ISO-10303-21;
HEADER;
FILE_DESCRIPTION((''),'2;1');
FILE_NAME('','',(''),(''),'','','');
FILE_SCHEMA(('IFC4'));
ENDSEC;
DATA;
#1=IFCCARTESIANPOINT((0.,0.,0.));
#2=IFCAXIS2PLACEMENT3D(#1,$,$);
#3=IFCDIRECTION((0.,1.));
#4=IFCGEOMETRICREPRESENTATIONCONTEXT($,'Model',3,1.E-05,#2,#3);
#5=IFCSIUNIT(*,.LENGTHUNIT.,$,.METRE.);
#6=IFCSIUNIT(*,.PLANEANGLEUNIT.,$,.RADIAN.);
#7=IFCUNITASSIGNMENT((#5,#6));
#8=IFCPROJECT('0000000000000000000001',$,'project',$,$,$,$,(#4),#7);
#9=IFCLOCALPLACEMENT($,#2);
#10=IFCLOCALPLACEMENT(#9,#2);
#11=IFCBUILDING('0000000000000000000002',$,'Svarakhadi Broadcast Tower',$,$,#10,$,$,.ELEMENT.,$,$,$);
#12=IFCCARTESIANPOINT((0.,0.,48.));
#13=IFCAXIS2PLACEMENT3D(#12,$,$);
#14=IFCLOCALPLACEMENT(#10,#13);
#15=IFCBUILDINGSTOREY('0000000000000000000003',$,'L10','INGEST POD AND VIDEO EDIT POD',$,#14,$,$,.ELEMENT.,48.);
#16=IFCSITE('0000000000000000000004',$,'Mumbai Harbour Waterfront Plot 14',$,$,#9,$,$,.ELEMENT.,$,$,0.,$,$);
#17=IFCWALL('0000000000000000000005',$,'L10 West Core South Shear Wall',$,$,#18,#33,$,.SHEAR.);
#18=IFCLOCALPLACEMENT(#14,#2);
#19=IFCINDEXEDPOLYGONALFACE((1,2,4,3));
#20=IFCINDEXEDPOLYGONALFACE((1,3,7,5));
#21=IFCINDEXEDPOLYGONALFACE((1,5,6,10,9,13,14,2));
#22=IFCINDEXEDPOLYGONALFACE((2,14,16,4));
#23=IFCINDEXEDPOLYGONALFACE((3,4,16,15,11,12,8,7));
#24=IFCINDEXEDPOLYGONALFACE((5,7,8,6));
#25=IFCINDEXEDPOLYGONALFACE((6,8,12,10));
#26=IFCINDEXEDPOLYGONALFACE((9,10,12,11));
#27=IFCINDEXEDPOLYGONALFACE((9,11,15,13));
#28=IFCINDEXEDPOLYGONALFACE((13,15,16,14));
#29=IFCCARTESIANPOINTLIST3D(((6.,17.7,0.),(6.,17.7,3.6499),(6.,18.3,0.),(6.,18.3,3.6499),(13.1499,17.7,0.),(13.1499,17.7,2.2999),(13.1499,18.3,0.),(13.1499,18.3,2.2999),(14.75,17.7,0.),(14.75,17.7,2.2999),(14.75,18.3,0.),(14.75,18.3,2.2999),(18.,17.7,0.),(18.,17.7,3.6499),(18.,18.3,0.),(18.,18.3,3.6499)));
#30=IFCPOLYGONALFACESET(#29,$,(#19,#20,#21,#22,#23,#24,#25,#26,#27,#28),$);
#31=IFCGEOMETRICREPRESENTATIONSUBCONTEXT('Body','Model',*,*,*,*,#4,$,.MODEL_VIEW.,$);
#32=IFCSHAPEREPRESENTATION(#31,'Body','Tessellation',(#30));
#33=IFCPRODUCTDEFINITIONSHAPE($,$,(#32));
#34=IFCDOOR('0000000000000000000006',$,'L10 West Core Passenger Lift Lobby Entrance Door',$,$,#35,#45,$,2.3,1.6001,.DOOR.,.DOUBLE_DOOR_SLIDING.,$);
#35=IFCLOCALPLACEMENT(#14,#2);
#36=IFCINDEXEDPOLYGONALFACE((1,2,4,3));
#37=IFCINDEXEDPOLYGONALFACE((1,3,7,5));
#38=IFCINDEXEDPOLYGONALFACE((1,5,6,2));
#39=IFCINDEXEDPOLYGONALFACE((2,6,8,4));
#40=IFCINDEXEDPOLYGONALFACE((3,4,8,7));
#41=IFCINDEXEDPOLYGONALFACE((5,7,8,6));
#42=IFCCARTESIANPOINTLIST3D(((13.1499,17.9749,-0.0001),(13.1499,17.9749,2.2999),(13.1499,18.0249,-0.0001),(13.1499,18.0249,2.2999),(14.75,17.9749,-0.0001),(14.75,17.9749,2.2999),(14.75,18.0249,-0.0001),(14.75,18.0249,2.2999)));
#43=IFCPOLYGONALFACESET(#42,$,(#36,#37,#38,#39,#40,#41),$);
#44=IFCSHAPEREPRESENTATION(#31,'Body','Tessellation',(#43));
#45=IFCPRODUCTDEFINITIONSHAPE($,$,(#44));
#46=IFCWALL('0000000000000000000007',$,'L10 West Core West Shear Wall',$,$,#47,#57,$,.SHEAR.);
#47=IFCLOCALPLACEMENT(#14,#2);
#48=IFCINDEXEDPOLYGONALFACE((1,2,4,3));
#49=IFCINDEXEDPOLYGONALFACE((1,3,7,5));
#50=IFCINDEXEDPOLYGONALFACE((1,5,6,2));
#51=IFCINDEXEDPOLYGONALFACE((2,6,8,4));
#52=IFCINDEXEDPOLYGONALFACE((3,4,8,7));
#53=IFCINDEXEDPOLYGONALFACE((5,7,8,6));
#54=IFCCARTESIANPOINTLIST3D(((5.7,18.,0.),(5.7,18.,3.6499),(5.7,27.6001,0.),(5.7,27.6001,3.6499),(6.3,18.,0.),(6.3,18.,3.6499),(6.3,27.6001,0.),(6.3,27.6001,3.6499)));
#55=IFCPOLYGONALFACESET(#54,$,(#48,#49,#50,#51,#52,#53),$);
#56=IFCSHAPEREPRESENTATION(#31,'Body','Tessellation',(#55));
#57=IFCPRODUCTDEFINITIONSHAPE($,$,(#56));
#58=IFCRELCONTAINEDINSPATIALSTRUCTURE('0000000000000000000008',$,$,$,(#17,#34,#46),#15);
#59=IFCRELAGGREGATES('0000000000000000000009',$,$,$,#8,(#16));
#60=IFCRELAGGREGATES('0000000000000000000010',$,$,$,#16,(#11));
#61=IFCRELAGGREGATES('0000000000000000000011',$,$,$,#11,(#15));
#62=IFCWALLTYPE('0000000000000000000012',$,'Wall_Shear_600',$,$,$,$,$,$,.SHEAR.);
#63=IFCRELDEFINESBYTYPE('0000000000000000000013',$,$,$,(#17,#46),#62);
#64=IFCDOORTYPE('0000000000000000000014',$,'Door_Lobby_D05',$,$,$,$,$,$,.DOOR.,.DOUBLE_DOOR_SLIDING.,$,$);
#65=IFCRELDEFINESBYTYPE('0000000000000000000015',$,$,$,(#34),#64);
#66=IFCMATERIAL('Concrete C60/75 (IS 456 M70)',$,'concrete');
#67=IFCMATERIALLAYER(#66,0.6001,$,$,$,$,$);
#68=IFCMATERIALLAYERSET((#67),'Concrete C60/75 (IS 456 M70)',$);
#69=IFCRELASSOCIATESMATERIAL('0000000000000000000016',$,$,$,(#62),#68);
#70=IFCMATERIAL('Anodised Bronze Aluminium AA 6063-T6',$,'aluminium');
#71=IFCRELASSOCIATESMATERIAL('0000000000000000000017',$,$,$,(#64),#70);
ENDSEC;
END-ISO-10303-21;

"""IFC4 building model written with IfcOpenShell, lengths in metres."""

from ifc_helpers import new_model, si_unit, direction, frame, frame_2d, origin, place, context, subcontext, project, spatial, rectangle, extrude, material, layer, layer_set, type_object, element, fill, save


model = new_model("IFC4")

# Units and contexts
model_context = context("Model", 3, precision=1e-05, world=origin(), true_north=direction((0.0, 1.0)))
body_context = subcontext(model_context, "Body", "Model", "MODEL_VIEW")
ifc_project = project(units=[si_unit("LENGTHUNIT", "METRE"), si_unit("PLANEANGLEUNIT", "RADIAN")], contexts=[model_context])

# Site, building, storey
site_placement = place(None, origin())
site = spatial("IfcSite", under=ifc_project, at=site_placement, Name="Mumbai Harbour Waterfront Plot 14", CompositionType="ELEMENT", RefElevation=0.0)
building_placement = place(site_placement, origin())
building = spatial("IfcBuilding", under=site, at=building_placement, Name="Svarakhadi Broadcast Tower", CompositionType="ELEMENT")
storey_placement = place(building_placement, frame((0.0, 0.0, 48.0)))
storey = spatial("IfcBuildingStorey", under=building, at=storey_placement, Name="L10", Description="INGEST POD AND VIDEO EDIT POD", CompositionType="ELEMENT", Elevation=48.0)

# Shared definitions
ifc_material_1 = material(Name="Concrete C60/75 (IS 456 M70)", Category="concrete")

# Wall, opening, door
ifc_layer_1 = layer(ifc_material_1, 0.6001)
ifc_layer_set_1 = layer_set([ifc_layer_1], Name="Concrete C60/75 (IS 456 M70)")
wall_type_1 = type_object("IfcWallType", Name="Wall_Shear_600", PredefinedType="SHEAR", material=ifc_layer_set_1)
wall_1_placement = place(storey_placement, frame((6.0, 18.0, 0.0), z_axis=(0.0, 0.0, 1.0), x_axis=(1.0, 0.0, 0.0)))
wall_1 = element("IfcWall", 1, at=wall_1_placement, inside=storey, type_object=wall_type_1, Name="L10 West Core South Shear Wall", PredefinedType="SHEAR", context=body_context, shape_type="SweptSolid", body=[
    extrude(rectangle(XDim=12.0, YDim=0.6001, at=frame_2d((6.0, 0.0))), origin(), (0.0, 0.0, 1.0), 3.6499),
])
opening_1_placement = place(wall_1_placement, frame((7.1499, 0.0, 0.0)))
opening_1 = element("IfcOpeningElement", 2, at=opening_1_placement, cuts=wall_1, PredefinedType="OPENING", context=body_context, shape_type="SweptSolid", body=[
    extrude(rectangle(XDim=1.6001, YDim=2.3, at=frame_2d((0.8, 1.1499))), frame((0.0, 0.3101, 0.0), z_axis=(0.0, -1.0, 0.0), x_axis=(1.0, 0.0, 0.0)), (0.0, 0.0, 1.0), 0.6201),
])
ifc_material_2 = material(Name="Anodised Bronze Aluminium AA 6063-T6", Category="aluminium")
door_type_1 = type_object("IfcDoorType", Name="Door_Lobby_D05", OperationType="DOUBLE_DOOR_SLIDING", PredefinedType="DOOR", material=ifc_material_2)
door_1_placement = place(opening_1_placement, origin())
door_1 = element("IfcDoor", 3, at=door_1_placement, inside=storey, type_object=door_type_1, Name="L10 West Core Passenger Lift Lobby Entrance Door", OperationType="DOUBLE_DOOR_SLIDING", OverallHeight=2.3, OverallWidth=1.6001, PredefinedType="DOOR", context=body_context, shape_type="SweptSolid", body=[
    extrude(rectangle(XDim=1.6001, YDim=2.3, at=frame_2d((0.8, 1.1499))), frame((0.0, 0.0249, 0.0), z_axis=(0.0, -1.0, 0.0), x_axis=(1.0, 0.0, 0.0)), (0.0, 0.0, 1.0), 0.05),
])
fill(opening_1, door_1)

# Wall
wall_2_placement = place(storey_placement, frame((6.0, 18.0, 0.0), z_axis=(0.0, 0.0, 1.0), x_axis=(0.0, 1.0, 0.0)))
element("IfcWall", 4, at=wall_2_placement, inside=storey, type_object=wall_type_1, Name="L10 West Core West Shear Wall", PredefinedType="SHEAR", context=body_context, shape_type="SweptSolid", body=[
    extrude(rectangle(XDim=9.6001, YDim=0.6001, at=frame_2d((4.8, 0.0))), origin(), (0.0, 0.0, 1.0), 3.6499),
])

save(model, "model.ifc")
